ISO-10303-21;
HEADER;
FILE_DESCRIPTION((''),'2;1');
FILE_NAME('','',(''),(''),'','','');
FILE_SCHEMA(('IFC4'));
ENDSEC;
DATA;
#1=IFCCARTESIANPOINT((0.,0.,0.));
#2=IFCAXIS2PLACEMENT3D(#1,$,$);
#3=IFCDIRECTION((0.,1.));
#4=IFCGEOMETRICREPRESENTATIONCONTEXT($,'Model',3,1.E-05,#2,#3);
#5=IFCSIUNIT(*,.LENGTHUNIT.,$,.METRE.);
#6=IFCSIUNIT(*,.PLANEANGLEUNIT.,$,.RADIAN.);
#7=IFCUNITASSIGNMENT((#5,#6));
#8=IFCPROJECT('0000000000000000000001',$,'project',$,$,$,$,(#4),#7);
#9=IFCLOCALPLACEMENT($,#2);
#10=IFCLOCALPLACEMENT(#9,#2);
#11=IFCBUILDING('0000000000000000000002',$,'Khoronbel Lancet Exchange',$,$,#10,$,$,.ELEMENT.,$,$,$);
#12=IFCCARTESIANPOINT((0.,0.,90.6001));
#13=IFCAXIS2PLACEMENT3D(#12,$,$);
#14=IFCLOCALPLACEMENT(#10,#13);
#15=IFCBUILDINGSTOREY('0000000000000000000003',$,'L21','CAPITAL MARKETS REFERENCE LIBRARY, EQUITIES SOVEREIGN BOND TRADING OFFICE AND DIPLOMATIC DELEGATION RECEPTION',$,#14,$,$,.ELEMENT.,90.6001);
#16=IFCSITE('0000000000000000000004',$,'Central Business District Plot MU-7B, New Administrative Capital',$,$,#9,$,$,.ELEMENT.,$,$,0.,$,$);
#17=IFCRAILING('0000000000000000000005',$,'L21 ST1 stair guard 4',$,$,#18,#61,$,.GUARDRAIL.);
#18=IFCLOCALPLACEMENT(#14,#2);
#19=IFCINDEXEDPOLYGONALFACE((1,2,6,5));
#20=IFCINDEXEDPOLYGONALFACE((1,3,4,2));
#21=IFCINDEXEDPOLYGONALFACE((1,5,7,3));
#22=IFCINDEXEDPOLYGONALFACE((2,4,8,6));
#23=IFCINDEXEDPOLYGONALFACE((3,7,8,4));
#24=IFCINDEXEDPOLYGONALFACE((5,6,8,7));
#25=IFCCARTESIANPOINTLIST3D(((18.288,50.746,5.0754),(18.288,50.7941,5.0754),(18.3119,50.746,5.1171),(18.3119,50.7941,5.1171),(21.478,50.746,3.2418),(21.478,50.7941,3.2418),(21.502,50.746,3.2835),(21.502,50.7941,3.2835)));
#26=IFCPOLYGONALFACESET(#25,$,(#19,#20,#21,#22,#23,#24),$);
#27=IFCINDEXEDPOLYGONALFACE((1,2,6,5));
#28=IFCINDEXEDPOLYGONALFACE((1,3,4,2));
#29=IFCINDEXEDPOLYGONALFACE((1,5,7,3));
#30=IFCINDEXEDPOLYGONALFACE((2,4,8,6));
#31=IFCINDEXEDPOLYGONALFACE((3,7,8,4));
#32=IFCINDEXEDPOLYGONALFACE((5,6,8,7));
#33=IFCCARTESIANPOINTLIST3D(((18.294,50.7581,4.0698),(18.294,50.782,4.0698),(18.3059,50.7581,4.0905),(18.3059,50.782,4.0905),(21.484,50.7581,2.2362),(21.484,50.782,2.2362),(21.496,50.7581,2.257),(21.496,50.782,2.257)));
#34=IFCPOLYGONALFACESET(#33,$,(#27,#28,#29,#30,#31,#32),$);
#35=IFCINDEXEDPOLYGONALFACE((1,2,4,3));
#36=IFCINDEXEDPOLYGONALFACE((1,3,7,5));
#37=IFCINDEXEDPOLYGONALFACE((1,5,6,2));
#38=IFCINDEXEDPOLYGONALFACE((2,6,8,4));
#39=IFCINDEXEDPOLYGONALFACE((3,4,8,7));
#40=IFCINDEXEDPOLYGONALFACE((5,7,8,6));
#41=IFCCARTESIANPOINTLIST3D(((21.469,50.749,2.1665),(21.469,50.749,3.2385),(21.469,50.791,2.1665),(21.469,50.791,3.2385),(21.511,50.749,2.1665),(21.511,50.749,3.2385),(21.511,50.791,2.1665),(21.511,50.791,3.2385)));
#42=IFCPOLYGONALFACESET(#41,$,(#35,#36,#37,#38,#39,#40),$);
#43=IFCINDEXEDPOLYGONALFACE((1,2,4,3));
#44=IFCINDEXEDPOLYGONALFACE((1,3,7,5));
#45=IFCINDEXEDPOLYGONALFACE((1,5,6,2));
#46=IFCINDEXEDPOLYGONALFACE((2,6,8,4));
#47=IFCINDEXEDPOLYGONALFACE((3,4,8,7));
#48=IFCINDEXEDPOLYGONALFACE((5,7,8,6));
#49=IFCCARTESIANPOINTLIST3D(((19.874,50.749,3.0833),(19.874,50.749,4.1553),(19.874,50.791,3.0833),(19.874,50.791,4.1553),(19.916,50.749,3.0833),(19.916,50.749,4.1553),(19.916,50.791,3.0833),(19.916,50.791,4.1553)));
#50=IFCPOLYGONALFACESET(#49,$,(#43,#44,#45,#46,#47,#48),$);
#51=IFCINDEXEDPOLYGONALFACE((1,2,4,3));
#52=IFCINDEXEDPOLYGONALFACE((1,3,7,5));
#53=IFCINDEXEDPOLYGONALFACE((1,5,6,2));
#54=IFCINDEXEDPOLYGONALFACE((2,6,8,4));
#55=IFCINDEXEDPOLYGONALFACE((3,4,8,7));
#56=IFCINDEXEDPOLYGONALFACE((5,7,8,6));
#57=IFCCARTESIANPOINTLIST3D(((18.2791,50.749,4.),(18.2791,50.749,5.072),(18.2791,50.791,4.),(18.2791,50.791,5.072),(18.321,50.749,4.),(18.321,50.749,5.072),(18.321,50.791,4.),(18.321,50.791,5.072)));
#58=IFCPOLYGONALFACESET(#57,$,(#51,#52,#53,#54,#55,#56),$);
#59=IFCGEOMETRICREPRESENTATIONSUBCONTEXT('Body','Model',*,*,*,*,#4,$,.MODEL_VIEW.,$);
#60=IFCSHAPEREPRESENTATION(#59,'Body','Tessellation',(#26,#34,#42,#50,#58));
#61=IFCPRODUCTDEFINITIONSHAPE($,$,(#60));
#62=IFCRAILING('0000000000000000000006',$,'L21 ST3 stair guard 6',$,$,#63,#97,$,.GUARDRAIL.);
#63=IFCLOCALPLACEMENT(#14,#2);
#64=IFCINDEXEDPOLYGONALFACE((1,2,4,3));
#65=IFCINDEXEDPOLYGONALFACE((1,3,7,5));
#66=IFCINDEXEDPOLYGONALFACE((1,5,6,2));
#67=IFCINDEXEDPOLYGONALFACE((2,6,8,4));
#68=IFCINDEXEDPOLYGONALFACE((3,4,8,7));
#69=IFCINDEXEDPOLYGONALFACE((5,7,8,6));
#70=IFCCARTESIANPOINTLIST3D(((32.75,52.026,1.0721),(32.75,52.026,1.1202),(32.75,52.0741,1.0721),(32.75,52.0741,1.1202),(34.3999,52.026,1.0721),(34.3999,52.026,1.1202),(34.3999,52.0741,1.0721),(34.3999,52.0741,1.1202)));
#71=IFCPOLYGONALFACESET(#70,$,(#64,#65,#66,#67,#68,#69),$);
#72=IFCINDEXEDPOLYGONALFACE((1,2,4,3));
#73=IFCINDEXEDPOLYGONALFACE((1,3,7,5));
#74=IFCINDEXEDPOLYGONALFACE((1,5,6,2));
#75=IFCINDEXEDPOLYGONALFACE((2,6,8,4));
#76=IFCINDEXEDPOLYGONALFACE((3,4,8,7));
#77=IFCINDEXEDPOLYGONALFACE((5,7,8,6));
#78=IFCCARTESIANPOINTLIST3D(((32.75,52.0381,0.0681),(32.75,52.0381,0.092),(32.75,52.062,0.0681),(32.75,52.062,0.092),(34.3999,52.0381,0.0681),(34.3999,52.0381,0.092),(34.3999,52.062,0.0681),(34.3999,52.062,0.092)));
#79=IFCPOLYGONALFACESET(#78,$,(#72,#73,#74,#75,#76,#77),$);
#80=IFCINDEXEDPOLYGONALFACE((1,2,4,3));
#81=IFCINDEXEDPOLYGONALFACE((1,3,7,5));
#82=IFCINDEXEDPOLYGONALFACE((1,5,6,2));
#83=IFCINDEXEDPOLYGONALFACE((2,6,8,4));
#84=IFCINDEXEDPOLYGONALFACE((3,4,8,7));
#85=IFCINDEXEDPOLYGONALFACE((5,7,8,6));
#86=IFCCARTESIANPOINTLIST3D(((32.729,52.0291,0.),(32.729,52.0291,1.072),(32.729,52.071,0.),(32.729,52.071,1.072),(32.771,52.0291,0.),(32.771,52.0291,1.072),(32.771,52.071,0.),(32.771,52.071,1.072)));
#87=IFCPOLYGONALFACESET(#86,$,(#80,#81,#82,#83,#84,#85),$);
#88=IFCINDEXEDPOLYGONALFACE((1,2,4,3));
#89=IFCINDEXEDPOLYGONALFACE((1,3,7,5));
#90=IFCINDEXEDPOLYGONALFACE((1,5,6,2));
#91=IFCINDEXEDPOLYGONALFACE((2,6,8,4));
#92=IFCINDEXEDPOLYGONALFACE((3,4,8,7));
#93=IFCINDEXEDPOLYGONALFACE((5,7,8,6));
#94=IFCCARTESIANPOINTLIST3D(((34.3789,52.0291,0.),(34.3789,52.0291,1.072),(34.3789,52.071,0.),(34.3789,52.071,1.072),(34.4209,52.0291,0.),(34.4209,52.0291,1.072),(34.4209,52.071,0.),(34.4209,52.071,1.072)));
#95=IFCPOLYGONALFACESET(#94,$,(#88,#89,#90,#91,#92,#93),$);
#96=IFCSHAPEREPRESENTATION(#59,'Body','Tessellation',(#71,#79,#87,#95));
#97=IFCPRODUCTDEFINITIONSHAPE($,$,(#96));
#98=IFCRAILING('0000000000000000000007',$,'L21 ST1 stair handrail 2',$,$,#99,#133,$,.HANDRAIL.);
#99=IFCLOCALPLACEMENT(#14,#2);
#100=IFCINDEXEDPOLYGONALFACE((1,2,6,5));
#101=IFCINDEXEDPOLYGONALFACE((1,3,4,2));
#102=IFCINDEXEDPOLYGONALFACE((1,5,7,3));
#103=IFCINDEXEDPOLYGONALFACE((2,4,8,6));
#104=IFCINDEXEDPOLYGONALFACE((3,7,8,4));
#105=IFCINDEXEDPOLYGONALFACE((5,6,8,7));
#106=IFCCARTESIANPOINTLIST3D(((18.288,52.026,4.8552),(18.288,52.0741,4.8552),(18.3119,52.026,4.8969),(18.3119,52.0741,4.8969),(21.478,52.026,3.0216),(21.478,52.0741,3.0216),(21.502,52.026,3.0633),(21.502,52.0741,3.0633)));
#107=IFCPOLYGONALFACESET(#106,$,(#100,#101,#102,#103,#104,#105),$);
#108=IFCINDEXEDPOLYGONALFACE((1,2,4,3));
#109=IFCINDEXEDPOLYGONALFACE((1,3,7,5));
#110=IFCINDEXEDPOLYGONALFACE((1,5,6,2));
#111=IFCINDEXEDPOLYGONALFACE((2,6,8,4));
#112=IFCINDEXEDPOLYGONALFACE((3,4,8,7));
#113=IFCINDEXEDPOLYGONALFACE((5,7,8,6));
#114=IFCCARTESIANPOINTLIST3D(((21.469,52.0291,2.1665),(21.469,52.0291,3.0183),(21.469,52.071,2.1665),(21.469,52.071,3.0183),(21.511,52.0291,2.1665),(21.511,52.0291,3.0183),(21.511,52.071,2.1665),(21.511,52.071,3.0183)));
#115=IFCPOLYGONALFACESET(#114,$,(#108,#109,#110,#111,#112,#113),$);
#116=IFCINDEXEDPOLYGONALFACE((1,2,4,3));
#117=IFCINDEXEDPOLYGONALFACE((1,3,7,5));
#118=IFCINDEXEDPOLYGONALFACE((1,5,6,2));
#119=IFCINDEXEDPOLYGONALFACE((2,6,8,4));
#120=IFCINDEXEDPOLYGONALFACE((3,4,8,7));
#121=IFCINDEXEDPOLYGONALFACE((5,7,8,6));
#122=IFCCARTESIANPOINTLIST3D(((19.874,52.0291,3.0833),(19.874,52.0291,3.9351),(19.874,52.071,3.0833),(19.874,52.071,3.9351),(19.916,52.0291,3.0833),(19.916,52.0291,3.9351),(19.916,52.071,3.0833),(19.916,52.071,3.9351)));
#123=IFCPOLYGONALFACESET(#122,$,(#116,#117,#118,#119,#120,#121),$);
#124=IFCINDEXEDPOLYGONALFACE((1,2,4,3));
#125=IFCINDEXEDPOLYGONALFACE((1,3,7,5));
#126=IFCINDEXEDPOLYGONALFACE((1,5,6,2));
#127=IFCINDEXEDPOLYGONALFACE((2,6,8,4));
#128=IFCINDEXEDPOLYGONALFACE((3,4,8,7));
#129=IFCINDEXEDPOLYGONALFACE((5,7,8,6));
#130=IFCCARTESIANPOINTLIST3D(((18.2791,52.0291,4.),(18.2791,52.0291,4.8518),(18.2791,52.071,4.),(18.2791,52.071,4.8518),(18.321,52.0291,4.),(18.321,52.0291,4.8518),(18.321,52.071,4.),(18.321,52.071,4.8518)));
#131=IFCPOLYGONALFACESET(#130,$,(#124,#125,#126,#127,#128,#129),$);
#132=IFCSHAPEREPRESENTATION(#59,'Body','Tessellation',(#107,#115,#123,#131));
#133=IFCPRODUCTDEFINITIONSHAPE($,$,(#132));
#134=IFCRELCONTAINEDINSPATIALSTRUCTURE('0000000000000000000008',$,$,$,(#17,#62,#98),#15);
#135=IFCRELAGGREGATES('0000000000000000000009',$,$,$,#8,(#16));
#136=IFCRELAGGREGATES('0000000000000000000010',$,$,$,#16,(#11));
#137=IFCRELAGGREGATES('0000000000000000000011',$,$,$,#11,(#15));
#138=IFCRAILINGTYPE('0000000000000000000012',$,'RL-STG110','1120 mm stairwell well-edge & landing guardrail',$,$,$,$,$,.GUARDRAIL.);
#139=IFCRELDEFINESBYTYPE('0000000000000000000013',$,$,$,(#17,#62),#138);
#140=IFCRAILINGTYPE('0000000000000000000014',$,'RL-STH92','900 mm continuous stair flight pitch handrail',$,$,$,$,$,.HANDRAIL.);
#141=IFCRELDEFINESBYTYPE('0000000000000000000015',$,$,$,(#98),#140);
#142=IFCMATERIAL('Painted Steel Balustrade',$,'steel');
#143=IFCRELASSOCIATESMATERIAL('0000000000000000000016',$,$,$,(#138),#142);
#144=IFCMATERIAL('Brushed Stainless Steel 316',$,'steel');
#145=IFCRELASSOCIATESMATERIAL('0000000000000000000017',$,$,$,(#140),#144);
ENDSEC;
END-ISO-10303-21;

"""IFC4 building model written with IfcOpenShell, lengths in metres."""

from ifc_helpers import new_model, si_unit, direction, frame, origin, origin_2d, place, context, subcontext, project, spatial, rectangle, extrude, material, type_object, element, save


model = new_model("IFC4")

# Units and contexts
model_context = context("Model", 3, precision=1e-05, world=origin(), true_north=direction((0.0, 1.0)))
body_context = subcontext(model_context, "Body", "Model", "MODEL_VIEW")
ifc_project = project(units=[si_unit("LENGTHUNIT", "METRE"), si_unit("PLANEANGLEUNIT", "RADIAN")], contexts=[model_context])

# Site, building, storey
site_placement = place(None, origin())
site = spatial("IfcSite", under=ifc_project, at=site_placement, Name="Central Business District Plot MU-7B, New Administrative Capital", CompositionType="ELEMENT", RefElevation=0.0)
building_placement = place(site_placement, origin())
building = spatial("IfcBuilding", under=site, at=building_placement, Name="Khoronbel Lancet Exchange", CompositionType="ELEMENT")
storey_placement = place(building_placement, frame((0.0, 0.0, 90.6001)))
storey = spatial("IfcBuildingStorey", under=building, at=storey_placement, Name="L21", Description="CAPITAL MARKETS REFERENCE LIBRARY, EQUITIES SOVEREIGN BOND TRADING OFFICE AND DIPLOMATIC DELEGATION RECEPTION", CompositionType="ELEMENT", Elevation=90.6001)

# Railings
ifc_material_1 = material(Name="Painted Steel Balustrade", Category="steel")
railing_type_1 = type_object("IfcRailingType", Name="RL-STG110", Description="1120 mm stairwell well-edge & landing guardrail", PredefinedType="GUARDRAIL", material=ifc_material_1)
railing_1_placement = place(storey_placement, frame((21.49, 50.77, 2.1665)))
element("IfcRailing", 1, at=railing_1_placement, inside=storey, type_object=railing_type_1, Name="L21 ST1 stair guard 4", PredefinedType="GUARDRAIL", context=body_context, shape_type="SweptSolid", body=[
    extrude(rectangle(XDim=0.0481, YDim=0.0481, at=origin_2d()), frame((0.0, 0.0, 1.0962), z_axis=(-0.866991, 0.0, 0.498324), x_axis=(0.0, -1.0, 0.0)), (0.0, 0.0, 1.0), 3.6794),
    extrude(rectangle(XDim=0.0239, YDim=0.0239, at=origin_2d()), frame((0.0, 0.0, 0.0801), z_axis=(-0.866991, 0.0, 0.498324), x_axis=(0.0, -1.0, 0.0)), (0.0, 0.0, 1.0), 3.6794),
    extrude(rectangle(XDim=0.042, YDim=0.042, at=origin_2d()), origin(), (0.0, 0.0, 1.0), 1.072),
    extrude(rectangle(XDim=0.042, YDim=0.042, at=origin_2d()), frame((-1.595, 0.0, 0.9167)), (0.0, 0.0, 1.0), 1.072),
    extrude(rectangle(XDim=0.042, YDim=0.042, at=origin_2d()), frame((-3.1899, 0.0, 1.8335)), (0.0, 0.0, 1.0), 1.072),
])
railing_2_placement = place(storey_placement, frame((32.75, 52.05, 0.0)))
element("IfcRailing", 2, at=railing_2_placement, inside=storey, type_object=railing_type_1, Name="L21 ST3 stair guard 6", PredefinedType="GUARDRAIL", context=body_context, shape_type="SweptSolid", body=[
    extrude(rectangle(XDim=0.0481, YDim=0.0481, at=origin_2d()), frame((0.0, 0.0, 1.0962), z_axis=(1.0, 0.0, 0.0), x_axis=(0.0, 1.0, 0.0)), (0.0, 0.0, 1.0), 1.6499),
    extrude(rectangle(XDim=0.0239, YDim=0.0239, at=origin_2d()), frame((0.0, 0.0, 0.0801), z_axis=(1.0, 0.0, 0.0), x_axis=(0.0, 1.0, 0.0)), (0.0, 0.0, 1.0), 1.6499),
    extrude(rectangle(XDim=0.042, YDim=0.042, at=origin_2d()), origin(), (0.0, 0.0, 1.0), 1.072),
    extrude(rectangle(XDim=0.042, YDim=0.042, at=origin_2d()), frame((1.6499, 0.0, 0.0)), (0.0, 0.0, 1.0), 1.072),
])
ifc_material_2 = material(Name="Brushed Stainless Steel 316", Category="steel")
railing_type_2 = type_object("IfcRailingType", Name="RL-STH92", Description="900 mm continuous stair flight pitch handrail", PredefinedType="HANDRAIL", material=ifc_material_2)
railing_3_placement = place(storey_placement, frame((21.49, 52.05, 2.1665)))
element("IfcRailing", 3, at=railing_3_placement, inside=storey, type_object=railing_type_2, Name="L21 ST1 stair handrail 2", PredefinedType="HANDRAIL", context=body_context, shape_type="SweptSolid", body=[
    extrude(rectangle(XDim=0.0481, YDim=0.0481, at=origin_2d()), frame((0.0, 0.0, 0.876), z_axis=(-0.866991, 0.0, 0.498324), x_axis=(0.0, -1.0, 0.0)), (0.0, 0.0, 1.0), 3.6794),
    extrude(rectangle(XDim=0.042, YDim=0.042, at=origin_2d()), origin(), (0.0, 0.0, 1.0), 0.8518),
    extrude(rectangle(XDim=0.042, YDim=0.042, at=origin_2d()), frame((-1.595, 0.0, 0.9167)), (0.0, 0.0, 1.0), 0.8518),
    extrude(rectangle(XDim=0.042, YDim=0.042, at=origin_2d()), frame((-3.1899, 0.0, 1.8335)), (0.0, 0.0, 1.0), 0.8518),
])

save(model, "model.ifc")
